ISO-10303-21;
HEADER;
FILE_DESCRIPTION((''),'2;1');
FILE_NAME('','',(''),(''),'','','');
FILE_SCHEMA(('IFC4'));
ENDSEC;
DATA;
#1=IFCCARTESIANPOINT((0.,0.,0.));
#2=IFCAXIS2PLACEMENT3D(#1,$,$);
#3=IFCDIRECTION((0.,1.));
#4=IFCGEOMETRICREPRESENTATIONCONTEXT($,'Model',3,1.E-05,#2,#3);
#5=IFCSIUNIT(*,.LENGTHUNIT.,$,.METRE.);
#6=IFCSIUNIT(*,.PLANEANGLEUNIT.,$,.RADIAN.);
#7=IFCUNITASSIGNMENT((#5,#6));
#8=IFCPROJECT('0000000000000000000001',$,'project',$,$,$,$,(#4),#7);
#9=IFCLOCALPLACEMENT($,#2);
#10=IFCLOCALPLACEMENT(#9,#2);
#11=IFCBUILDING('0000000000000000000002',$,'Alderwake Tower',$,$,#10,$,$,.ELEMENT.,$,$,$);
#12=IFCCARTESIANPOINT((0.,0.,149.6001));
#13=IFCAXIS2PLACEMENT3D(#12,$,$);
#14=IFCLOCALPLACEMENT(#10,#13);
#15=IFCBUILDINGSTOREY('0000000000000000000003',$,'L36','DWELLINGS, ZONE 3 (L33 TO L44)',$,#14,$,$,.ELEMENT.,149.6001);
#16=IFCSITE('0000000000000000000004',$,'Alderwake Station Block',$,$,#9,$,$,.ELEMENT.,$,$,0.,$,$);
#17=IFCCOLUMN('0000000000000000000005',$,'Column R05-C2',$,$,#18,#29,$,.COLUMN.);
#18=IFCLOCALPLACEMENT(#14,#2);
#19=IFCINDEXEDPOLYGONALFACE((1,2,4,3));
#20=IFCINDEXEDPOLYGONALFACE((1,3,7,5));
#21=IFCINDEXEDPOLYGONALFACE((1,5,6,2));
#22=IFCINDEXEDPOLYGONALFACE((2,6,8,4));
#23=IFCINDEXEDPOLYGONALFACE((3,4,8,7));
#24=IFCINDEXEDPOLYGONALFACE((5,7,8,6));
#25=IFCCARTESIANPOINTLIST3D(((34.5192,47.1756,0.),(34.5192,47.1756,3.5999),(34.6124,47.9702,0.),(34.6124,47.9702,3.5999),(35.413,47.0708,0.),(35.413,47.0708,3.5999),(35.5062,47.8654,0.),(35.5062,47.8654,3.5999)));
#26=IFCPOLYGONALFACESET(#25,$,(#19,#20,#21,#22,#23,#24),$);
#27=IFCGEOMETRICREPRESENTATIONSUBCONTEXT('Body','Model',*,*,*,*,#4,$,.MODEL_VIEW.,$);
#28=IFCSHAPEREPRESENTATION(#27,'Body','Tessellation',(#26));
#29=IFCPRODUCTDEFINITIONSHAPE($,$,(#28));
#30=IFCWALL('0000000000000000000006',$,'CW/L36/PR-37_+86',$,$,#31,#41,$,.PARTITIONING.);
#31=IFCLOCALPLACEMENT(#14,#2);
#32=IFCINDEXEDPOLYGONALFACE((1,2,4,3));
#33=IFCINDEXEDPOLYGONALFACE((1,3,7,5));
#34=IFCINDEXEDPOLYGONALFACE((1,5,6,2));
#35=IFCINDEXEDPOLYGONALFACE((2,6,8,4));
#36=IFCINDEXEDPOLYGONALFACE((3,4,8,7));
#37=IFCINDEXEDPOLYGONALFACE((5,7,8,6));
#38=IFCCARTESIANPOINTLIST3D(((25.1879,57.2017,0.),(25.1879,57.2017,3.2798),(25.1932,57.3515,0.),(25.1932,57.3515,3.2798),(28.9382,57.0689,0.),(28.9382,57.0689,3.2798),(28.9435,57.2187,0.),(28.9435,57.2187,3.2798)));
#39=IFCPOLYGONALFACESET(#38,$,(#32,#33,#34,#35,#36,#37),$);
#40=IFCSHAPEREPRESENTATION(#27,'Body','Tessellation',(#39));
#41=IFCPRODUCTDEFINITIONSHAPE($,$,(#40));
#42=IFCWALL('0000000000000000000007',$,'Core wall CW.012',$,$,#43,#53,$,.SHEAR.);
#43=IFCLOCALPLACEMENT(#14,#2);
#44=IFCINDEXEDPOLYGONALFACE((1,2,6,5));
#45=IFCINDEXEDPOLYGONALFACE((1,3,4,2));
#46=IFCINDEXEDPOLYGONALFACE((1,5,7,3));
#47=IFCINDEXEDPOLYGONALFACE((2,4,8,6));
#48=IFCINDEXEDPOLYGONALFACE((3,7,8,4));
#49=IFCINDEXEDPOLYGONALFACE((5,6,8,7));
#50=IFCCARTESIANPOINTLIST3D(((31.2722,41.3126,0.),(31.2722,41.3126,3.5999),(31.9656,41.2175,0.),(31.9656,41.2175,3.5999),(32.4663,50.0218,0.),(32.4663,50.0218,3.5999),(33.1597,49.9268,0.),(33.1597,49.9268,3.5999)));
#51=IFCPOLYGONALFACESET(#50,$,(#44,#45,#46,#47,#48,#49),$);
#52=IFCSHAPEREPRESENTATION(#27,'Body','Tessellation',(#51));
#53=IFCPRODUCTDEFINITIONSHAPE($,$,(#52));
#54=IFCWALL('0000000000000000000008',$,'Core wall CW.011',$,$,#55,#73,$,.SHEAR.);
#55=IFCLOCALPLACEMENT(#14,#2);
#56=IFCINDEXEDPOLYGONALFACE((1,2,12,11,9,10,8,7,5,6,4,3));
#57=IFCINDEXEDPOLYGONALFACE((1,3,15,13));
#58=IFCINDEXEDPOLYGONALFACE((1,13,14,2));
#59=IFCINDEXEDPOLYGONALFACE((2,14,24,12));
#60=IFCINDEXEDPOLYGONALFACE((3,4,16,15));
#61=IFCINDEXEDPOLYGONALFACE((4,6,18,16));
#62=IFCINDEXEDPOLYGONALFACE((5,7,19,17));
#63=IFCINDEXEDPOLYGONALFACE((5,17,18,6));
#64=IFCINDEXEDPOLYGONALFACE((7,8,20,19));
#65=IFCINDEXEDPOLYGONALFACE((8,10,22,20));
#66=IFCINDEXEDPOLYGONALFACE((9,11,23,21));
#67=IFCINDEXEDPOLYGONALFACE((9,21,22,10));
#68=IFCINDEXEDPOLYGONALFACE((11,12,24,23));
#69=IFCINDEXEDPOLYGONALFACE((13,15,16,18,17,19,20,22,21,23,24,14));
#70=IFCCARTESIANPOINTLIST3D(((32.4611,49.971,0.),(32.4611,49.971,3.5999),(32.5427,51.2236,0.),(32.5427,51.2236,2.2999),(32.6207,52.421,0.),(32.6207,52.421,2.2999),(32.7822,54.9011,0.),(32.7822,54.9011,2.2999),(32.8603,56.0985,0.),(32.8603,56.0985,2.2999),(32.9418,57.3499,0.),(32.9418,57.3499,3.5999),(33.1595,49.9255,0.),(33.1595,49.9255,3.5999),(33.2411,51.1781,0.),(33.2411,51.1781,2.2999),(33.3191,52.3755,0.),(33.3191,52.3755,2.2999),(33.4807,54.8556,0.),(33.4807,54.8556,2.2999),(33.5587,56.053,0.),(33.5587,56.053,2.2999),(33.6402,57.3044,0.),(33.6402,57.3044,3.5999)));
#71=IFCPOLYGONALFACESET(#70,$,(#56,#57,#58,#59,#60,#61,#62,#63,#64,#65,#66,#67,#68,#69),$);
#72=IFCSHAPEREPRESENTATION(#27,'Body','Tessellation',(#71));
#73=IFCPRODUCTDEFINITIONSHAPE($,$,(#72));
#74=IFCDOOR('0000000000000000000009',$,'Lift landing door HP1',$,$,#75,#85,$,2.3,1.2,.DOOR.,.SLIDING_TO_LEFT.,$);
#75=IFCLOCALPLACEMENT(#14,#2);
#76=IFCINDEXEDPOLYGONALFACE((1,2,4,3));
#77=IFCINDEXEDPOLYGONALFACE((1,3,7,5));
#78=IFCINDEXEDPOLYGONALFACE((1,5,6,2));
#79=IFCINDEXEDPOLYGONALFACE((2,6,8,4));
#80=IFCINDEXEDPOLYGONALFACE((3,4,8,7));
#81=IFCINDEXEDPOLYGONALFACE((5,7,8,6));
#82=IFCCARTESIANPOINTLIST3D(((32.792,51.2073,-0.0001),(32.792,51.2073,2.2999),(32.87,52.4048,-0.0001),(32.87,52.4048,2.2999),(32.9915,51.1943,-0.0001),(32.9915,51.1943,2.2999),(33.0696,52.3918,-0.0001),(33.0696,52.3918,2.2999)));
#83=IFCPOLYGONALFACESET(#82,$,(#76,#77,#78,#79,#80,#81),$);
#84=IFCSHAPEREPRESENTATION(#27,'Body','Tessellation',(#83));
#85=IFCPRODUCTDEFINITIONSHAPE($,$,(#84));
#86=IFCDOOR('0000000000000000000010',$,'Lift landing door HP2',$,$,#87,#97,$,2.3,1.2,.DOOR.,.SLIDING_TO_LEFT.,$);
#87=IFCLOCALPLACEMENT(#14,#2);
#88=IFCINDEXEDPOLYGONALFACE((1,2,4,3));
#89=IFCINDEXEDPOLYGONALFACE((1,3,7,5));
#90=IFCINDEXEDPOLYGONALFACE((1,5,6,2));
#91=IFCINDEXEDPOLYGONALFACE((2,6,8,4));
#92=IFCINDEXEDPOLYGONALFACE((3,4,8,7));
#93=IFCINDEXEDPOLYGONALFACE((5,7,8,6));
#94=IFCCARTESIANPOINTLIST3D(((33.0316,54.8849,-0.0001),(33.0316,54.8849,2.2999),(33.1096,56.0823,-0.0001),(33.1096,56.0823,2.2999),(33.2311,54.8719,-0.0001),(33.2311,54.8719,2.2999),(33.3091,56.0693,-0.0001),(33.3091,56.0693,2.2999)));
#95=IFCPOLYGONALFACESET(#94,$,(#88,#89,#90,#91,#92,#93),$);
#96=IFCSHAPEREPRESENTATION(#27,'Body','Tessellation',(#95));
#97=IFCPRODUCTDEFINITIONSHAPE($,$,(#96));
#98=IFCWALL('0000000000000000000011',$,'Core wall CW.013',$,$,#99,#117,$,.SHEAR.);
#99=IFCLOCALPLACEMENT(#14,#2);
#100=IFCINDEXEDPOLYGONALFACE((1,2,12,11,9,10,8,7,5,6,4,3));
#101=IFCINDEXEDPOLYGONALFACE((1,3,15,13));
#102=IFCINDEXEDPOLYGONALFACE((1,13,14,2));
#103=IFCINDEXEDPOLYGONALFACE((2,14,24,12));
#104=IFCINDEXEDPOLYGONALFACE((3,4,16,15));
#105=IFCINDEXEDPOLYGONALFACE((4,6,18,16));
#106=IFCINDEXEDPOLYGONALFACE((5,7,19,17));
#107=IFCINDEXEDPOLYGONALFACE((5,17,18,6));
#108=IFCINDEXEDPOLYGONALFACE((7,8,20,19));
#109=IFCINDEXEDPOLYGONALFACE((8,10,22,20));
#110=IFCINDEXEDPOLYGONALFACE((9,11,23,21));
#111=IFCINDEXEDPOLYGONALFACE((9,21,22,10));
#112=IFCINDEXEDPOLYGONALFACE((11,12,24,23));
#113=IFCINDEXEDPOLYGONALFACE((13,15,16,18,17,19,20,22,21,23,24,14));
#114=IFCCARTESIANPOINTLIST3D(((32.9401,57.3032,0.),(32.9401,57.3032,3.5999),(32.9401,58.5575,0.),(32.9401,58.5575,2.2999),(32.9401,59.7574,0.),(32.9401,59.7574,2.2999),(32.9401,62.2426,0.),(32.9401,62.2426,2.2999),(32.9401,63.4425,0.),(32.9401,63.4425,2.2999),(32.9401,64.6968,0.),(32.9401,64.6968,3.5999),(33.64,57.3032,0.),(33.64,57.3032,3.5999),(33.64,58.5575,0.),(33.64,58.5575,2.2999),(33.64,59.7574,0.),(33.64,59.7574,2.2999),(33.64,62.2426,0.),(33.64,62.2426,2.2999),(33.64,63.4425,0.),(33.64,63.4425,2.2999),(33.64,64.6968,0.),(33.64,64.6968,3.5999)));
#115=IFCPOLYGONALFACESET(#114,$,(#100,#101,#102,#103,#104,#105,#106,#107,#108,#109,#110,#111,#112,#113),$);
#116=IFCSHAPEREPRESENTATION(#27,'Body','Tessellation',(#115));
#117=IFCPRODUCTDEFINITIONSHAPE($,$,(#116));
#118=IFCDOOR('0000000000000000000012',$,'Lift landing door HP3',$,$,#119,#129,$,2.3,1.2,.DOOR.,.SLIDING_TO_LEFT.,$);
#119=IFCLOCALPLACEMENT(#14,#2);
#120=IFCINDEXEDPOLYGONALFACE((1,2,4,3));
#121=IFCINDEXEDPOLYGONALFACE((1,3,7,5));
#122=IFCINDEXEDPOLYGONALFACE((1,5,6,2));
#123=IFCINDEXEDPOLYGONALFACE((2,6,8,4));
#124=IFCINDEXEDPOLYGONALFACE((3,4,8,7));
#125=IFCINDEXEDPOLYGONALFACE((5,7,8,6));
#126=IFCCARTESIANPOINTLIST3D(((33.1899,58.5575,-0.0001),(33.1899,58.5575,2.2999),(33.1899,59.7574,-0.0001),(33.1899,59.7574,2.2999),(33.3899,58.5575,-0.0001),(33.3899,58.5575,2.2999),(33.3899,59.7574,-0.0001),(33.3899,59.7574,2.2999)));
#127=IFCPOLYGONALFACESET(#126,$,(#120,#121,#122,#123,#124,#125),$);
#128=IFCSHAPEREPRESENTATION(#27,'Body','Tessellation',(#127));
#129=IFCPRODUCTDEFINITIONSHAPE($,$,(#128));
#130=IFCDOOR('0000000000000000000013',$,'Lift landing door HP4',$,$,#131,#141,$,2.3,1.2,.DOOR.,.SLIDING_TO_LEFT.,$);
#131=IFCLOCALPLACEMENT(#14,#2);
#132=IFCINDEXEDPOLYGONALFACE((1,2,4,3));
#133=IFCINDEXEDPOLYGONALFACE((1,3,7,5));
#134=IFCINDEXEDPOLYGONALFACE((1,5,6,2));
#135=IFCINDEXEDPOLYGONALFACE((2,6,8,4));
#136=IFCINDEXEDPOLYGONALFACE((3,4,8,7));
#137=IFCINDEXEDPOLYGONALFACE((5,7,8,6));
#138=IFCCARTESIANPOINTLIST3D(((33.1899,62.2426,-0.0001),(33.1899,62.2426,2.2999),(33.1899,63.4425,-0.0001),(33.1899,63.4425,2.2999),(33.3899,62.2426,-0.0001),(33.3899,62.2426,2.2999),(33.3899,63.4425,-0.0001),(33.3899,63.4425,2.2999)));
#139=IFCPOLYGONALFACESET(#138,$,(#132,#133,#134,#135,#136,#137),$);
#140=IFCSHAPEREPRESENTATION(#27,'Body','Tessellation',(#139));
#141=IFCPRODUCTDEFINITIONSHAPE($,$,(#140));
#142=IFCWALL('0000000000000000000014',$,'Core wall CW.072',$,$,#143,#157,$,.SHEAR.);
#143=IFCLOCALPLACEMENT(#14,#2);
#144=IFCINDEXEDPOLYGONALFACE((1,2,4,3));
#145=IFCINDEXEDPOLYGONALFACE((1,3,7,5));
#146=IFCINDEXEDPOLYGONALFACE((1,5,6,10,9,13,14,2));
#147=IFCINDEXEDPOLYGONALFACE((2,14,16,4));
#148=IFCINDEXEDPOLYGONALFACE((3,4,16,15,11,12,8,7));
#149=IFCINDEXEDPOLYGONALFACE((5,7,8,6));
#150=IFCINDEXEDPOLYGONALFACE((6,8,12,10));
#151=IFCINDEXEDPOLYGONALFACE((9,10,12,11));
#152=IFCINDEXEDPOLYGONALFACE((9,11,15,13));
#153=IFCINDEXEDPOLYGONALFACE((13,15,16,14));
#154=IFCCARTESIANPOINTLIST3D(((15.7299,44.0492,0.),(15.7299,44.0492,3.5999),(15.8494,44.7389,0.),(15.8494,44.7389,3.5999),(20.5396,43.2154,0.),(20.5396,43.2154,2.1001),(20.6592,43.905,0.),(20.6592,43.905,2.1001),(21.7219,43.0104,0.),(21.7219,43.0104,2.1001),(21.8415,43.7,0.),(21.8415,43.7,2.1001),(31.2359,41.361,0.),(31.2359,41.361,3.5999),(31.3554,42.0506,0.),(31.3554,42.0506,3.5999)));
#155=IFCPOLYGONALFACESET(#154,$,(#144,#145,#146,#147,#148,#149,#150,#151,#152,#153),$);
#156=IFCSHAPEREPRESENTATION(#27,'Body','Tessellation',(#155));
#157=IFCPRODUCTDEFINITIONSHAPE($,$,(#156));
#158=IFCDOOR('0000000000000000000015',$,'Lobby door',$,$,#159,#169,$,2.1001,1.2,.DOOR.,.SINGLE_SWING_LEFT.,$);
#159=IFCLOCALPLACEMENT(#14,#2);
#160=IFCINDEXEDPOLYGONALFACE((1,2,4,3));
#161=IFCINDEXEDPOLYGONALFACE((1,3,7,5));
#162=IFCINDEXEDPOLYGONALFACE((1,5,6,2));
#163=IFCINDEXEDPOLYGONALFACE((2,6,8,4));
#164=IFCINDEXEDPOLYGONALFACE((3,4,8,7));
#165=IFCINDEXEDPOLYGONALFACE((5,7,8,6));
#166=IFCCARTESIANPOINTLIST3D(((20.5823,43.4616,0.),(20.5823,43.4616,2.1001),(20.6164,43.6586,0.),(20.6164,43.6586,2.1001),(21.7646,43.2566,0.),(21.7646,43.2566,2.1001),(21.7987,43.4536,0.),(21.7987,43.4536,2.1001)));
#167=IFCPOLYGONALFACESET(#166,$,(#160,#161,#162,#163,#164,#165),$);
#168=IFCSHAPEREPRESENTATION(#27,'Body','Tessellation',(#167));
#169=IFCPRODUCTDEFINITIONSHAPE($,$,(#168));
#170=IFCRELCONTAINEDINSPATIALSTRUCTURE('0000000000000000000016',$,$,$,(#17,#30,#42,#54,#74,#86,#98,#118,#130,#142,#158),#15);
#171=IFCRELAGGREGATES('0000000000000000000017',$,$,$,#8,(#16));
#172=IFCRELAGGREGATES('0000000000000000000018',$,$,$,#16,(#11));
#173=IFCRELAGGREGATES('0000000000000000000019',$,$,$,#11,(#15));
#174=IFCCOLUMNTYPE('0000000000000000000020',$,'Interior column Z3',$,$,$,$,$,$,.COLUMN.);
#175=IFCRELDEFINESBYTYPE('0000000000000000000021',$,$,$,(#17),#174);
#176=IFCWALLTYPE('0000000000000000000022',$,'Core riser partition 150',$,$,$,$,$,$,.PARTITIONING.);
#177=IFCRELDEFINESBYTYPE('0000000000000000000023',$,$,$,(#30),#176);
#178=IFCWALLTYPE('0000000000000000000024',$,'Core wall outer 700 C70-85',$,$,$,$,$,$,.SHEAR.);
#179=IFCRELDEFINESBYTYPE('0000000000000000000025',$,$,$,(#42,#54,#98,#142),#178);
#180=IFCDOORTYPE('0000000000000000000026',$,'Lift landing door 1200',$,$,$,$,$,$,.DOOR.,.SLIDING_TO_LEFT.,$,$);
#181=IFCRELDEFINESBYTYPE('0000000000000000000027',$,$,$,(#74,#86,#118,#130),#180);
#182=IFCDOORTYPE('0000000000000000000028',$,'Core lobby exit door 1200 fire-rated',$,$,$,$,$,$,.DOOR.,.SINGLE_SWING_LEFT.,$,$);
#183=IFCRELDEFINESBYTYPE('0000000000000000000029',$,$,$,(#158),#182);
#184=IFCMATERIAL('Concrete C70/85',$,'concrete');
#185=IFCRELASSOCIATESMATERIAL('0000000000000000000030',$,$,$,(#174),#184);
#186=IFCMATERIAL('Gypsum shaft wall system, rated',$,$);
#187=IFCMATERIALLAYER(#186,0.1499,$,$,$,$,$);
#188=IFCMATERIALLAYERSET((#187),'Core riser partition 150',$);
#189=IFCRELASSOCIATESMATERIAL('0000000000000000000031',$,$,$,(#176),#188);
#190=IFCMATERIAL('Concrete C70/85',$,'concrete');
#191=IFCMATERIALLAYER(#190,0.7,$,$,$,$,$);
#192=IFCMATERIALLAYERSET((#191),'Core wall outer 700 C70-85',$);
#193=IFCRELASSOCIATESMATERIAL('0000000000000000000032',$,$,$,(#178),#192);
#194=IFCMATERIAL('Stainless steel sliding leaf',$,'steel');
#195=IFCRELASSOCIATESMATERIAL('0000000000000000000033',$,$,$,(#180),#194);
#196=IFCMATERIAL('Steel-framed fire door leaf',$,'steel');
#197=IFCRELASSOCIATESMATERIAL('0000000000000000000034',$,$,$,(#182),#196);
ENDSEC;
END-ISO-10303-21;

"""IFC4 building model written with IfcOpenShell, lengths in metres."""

from ifc_helpers import new_model, si_unit, direction, frame, frame_2d, origin, origin_2d, place, context, subcontext, project, spatial, rectangle, extrude, material, layer, layer_set, material_profile, profile_set, type_object, element, fill, save


model = new_model("IFC4")

# Units and contexts
model_context = context("Model", 3, precision=1e-05, world=origin(), true_north=direction((0.0, 1.0)))
body_context = subcontext(model_context, "Body", "Model", "MODEL_VIEW")
ifc_project = project(units=[si_unit("LENGTHUNIT", "METRE"), si_unit("PLANEANGLEUNIT", "RADIAN")], contexts=[model_context])

# Site, building, storey
site_placement = place(None, origin())
site = spatial("IfcSite", under=ifc_project, at=site_placement, Name="Alderwake Station Block", CompositionType="ELEMENT", RefElevation=0.0)
building_placement = place(site_placement, origin())
building = spatial("IfcBuilding", under=site, at=building_placement, Name="Alderwake Tower", CompositionType="ELEMENT")
storey_placement = place(building_placement, frame((0.0, 0.0, 149.6001)))
storey = spatial("IfcBuildingStorey", under=building, at=storey_placement, Name="L36", Description="DWELLINGS, ZONE 3 (L33 TO L44)", CompositionType="ELEMENT", Elevation=149.6001)

# Column
ifc_material_1 = material(Name="Concrete C70/85", Category="concrete")
ifc_material_profile = material_profile(ifc_material_1, rectangle(XDim=0.8, YDim=0.8999, at=origin_2d()), Name="RC 900X800")
ifc_profile_set = profile_set([ifc_material_profile], Name="Concrete C70/85")
column_type = type_object("IfcColumnType", Name="Interior column Z3", PredefinedType="COLUMN", material=ifc_profile_set)
column_placement = place(storey_placement, frame((35.0127, 47.5205, 0.0), z_axis=(0.0, 0.0, 1.0), x_axis=(0.116402, 0.993202, 0.0)))
element("IfcColumn", 1, at=column_placement, inside=storey, type_object=column_type, Name="Column R05-C2", PredefinedType="COLUMN", context=body_context, shape_type="SweptSolid", body=[
    extrude(rectangle(XDim=0.8, YDim=0.8999, at=origin_2d()), origin(), (0.0, 0.0, 1.0), 3.5999),
])

# Walls
ifc_material_2 = material(Name="Gypsum shaft wall system, rated")
ifc_layer_1 = layer(ifc_material_2, 0.1499)
ifc_layer_set_1 = layer_set([ifc_layer_1], Name="Core riser partition 150")
wall_type_1 = type_object("IfcWallType", Name="Core riser partition 150", PredefinedType="PARTITIONING", material=ifc_layer_set_1)
wall_1_placement = place(storey_placement, frame((25.1904, 57.2766, 0.0), z_axis=(0.0, 0.0, 1.0), x_axis=(0.999374, -0.035392, 0.0)))
element("IfcWall", 2, at=wall_1_placement, inside=storey, type_object=wall_type_1, Name="CW/L36/PR-37_+86", PredefinedType="PARTITIONING", context=body_context, shape_type="SweptSolid", body=[
    extrude(rectangle(XDim=3.7527, YDim=0.1499, at=frame_2d((1.8765, 0.0))), origin(), (0.0, 0.0, 1.0), 3.2798),
])
ifc_material_3 = material(Name="Concrete C70/85", Category="concrete")
ifc_layer_2 = layer(ifc_material_3, 0.7)
ifc_layer_set_2 = layer_set([ifc_layer_2], Name="Core wall outer 700 C70-85")
wall_type_2 = type_object("IfcWallType", Name="Core wall outer 700 C70-85", PredefinedType="SHEAR", material=ifc_layer_set_2)
wall_2_placement = place(storey_placement, frame((31.6189, 41.2649, 0.0), z_axis=(0.0, 0.0, 1.0), x_axis=(0.135836, 0.990731, 0.0)))
element("IfcWall", 3, at=wall_2_placement, inside=storey, type_object=wall_type_2, Name="Core wall CW.012", PredefinedType="SHEAR", context=body_context, shape_type="SweptSolid", body=[
    extrude(rectangle(XDim=8.7908, YDim=0.7, at=frame_2d((4.3955, 0.0))), origin(), (0.0, 0.0, 1.0), 3.5999),
])

# Walls, openings, doors
wall_3_placement = place(storey_placement, frame((32.8103, 49.9482, 0.0), z_axis=(0.0, 0.0, 1.0), x_axis=(0.065009, 0.997885, 0.0)))
wall_3 = element("IfcWall", 4, at=wall_3_placement, inside=storey, type_object=wall_type_2, Name="Core wall CW.011", PredefinedType="SHEAR", context=body_context, shape_type="SweptSolid", body=[
    extrude(rectangle(XDim=7.3945, YDim=0.7, at=frame_2d((3.6973, 0.0))), origin(), (0.0, 0.0, 1.0), 3.5999),
])
opening_1_placement = place(wall_3_placement, frame((1.2551, 0.0, 0.0)))
opening_1 = element("IfcOpeningElement", 5, at=opening_1_placement, cuts=wall_3, PredefinedType="OPENING", context=body_context, shape_type="SweptSolid", body=[
    extrude(rectangle(XDim=1.2, YDim=2.3, at=frame_2d((0.6001, 1.1499))), frame((0.0, 0.3599, 0.0), z_axis=(0.0, -1.0, 0.0), x_axis=(1.0, 0.0, 0.0)), (0.0, 0.0, 1.0), 0.72),
])
opening_2_placement = place(wall_3_placement, frame((4.9404, 0.0, 0.0)))
opening_2 = element("IfcOpeningElement", 6, at=opening_2_placement, cuts=wall_3, PredefinedType="OPENING", context=body_context, shape_type="SweptSolid", body=[
    extrude(rectangle(XDim=1.2, YDim=2.3, at=frame_2d((0.6001, 1.1499))), frame((0.0, 0.3599, 0.0), z_axis=(0.0, -1.0, 0.0), x_axis=(1.0, 0.0, 0.0)), (0.0, 0.0, 1.0), 0.72),
])
ifc_material_4 = material(Name="Stainless steel sliding leaf", Category="steel")
door_type_1 = type_object("IfcDoorType", Name="Lift landing door 1200", OperationType="SLIDING_TO_LEFT", PredefinedType="DOOR", material=ifc_material_4)
door_1_placement = place(opening_1_placement, origin())
door_1 = element("IfcDoor", 7, at=door_1_placement, inside=storey, type_object=door_type_1, Name="Lift landing door HP1", OperationType="SLIDING_TO_LEFT", OverallHeight=2.3, OverallWidth=1.2, PredefinedType="DOOR", context=body_context, shape_type="SweptSolid", body=[
    extrude(rectangle(XDim=1.2, YDim=2.3, at=frame_2d((0.6001, 1.1499))), frame((0.0, 0.1001, 0.0), z_axis=(0.0, -1.0, 0.0), x_axis=(1.0, 0.0, 0.0)), (0.0, 0.0, 1.0), 0.2),
])
fill(opening_1, door_1)
door_2_placement = place(opening_2_placement, origin())
door_2 = element("IfcDoor", 8, at=door_2_placement, inside=storey, type_object=door_type_1, Name="Lift landing door HP2", OperationType="SLIDING_TO_LEFT", OverallHeight=2.3, OverallWidth=1.2, PredefinedType="DOOR", context=body_context, shape_type="SweptSolid", body=[
    extrude(rectangle(XDim=1.2, YDim=2.3, at=frame_2d((0.6001, 1.1499))), frame((0.0, 0.1001, 0.0), z_axis=(0.0, -1.0, 0.0), x_axis=(1.0, 0.0, 0.0)), (0.0, 0.0, 1.0), 0.2),
])
fill(opening_2, door_2)
wall_4_placement = place(storey_placement, frame((33.29, 57.3032, 0.0), z_axis=(0.0, 0.0, 1.0), x_axis=(0.0, 1.0, 0.0)))
wall_4 = element("IfcWall", 9, at=wall_4_placement, inside=storey, type_object=wall_type_2, Name="Core wall CW.013", PredefinedType="SHEAR", context=body_context, shape_type="SweptSolid", body=[
    extrude(rectangle(XDim=7.3936, YDim=0.7, at=frame_2d((3.6968, 0.0))), origin(), (0.0, 0.0, 1.0), 3.5999),
])
opening_3_placement = place(wall_4_placement, frame((1.2542, 0.0, 0.0)))
opening_3 = element("IfcOpeningElement", 10, at=opening_3_placement, cuts=wall_4, PredefinedType="OPENING", context=body_context, shape_type="SweptSolid", body=[
    extrude(rectangle(XDim=1.2, YDim=2.3, at=frame_2d((0.6001, 1.1499))), frame((0.0, 0.3599, 0.0), z_axis=(0.0, -1.0, 0.0), x_axis=(1.0, 0.0, 0.0)), (0.0, 0.0, 1.0), 0.72),
])
opening_4_placement = place(wall_4_placement, frame((4.9392, 0.0, 0.0)))
opening_4 = element("IfcOpeningElement", 11, at=opening_4_placement, cuts=wall_4, PredefinedType="OPENING", context=body_context, shape_type="SweptSolid", body=[
    extrude(rectangle(XDim=1.2, YDim=2.3, at=frame_2d((0.6001, 1.1499))), frame((0.0, 0.3599, 0.0), z_axis=(0.0, -1.0, 0.0), x_axis=(1.0, 0.0, 0.0)), (0.0, 0.0, 1.0), 0.72),
])
door_3_placement = place(opening_3_placement, origin())
door_3 = element("IfcDoor", 12, at=door_3_placement, inside=storey, type_object=door_type_1, Name="Lift landing door HP3", OperationType="SLIDING_TO_LEFT", OverallHeight=2.3, OverallWidth=1.2, PredefinedType="DOOR", context=body_context, shape_type="SweptSolid", body=[
    extrude(rectangle(XDim=1.2, YDim=2.3, at=frame_2d((0.6001, 1.1499))), frame((0.0, 0.1001, 0.0), z_axis=(0.0, -1.0, 0.0), x_axis=(1.0, 0.0, 0.0)), (0.0, 0.0, 1.0), 0.2),
])
fill(opening_3, door_3)
door_4_placement = place(opening_4_placement, origin())
door_4 = element("IfcDoor", 13, at=door_4_placement, inside=storey, type_object=door_type_1, Name="Lift landing door HP4", OperationType="SLIDING_TO_LEFT", OverallHeight=2.3, OverallWidth=1.2, PredefinedType="DOOR", context=body_context, shape_type="SweptSolid", body=[
    extrude(rectangle(XDim=1.2, YDim=2.3, at=frame_2d((0.6001, 1.1499))), frame((0.0, 0.1001, 0.0), z_axis=(0.0, -1.0, 0.0), x_axis=(1.0, 0.0, 0.0)), (0.0, 0.0, 1.0), 0.2),
])
fill(opening_4, door_4)

# Wall, opening, door
wall_5_placement = place(storey_placement, frame((31.2957, 41.7058, 0.0), z_axis=(0.0, 0.0, 1.0), x_axis=(-0.985303, 0.170818, 0.0)))
wall_5 = element("IfcWall", 14, at=wall_5_placement, inside=storey, type_object=wall_type_2, Name="Core wall CW.072", PredefinedType="SHEAR", context=body_context, shape_type="SweptSolid", body=[
    extrude(rectangle(XDim=15.7373, YDim=0.7, at=frame_2d((7.8687, 0.0))), origin(), (0.0, 0.0, 1.0), 3.5999),
])
opening_5_placement = place(wall_5_placement, frame((9.6558, 0.0, 0.0)))
opening_5 = element("IfcOpeningElement", 15, at=opening_5_placement, cuts=wall_5, PredefinedType="OPENING", context=body_context, shape_type="SweptSolid", body=[
    extrude(rectangle(XDim=1.2, YDim=2.1001, at=frame_2d((0.6001, 1.05))), frame((0.0, 0.3599, 0.0), z_axis=(0.0, -1.0, 0.0), x_axis=(1.0, 0.0, 0.0)), (0.0, 0.0, 1.0), 0.72),
])
ifc_material_5 = material(Name="Steel-framed fire door leaf", Category="steel")
door_type_2 = type_object("IfcDoorType", Name="Core lobby exit door 1200 fire-rated", OperationType="SINGLE_SWING_LEFT", PredefinedType="DOOR", material=ifc_material_5)
door_5_placement = place(opening_5_placement, origin())
door_5 = element("IfcDoor", 16, at=door_5_placement, inside=storey, type_object=door_type_2, Name="Lobby door", OperationType="SINGLE_SWING_LEFT", OverallHeight=2.1001, OverallWidth=1.2, PredefinedType="DOOR", context=body_context, shape_type="SweptSolid", body=[
    extrude(rectangle(XDim=1.2, YDim=2.1001, at=frame_2d((0.6001, 1.05))), frame((0.0, 0.1001, 0.0), z_axis=(0.0, -1.0, 0.0), x_axis=(1.0, 0.0, 0.0)), (0.0, 0.0, 1.0), 0.2),
])
fill(opening_5, door_5)

save(model, "model.ifc")
